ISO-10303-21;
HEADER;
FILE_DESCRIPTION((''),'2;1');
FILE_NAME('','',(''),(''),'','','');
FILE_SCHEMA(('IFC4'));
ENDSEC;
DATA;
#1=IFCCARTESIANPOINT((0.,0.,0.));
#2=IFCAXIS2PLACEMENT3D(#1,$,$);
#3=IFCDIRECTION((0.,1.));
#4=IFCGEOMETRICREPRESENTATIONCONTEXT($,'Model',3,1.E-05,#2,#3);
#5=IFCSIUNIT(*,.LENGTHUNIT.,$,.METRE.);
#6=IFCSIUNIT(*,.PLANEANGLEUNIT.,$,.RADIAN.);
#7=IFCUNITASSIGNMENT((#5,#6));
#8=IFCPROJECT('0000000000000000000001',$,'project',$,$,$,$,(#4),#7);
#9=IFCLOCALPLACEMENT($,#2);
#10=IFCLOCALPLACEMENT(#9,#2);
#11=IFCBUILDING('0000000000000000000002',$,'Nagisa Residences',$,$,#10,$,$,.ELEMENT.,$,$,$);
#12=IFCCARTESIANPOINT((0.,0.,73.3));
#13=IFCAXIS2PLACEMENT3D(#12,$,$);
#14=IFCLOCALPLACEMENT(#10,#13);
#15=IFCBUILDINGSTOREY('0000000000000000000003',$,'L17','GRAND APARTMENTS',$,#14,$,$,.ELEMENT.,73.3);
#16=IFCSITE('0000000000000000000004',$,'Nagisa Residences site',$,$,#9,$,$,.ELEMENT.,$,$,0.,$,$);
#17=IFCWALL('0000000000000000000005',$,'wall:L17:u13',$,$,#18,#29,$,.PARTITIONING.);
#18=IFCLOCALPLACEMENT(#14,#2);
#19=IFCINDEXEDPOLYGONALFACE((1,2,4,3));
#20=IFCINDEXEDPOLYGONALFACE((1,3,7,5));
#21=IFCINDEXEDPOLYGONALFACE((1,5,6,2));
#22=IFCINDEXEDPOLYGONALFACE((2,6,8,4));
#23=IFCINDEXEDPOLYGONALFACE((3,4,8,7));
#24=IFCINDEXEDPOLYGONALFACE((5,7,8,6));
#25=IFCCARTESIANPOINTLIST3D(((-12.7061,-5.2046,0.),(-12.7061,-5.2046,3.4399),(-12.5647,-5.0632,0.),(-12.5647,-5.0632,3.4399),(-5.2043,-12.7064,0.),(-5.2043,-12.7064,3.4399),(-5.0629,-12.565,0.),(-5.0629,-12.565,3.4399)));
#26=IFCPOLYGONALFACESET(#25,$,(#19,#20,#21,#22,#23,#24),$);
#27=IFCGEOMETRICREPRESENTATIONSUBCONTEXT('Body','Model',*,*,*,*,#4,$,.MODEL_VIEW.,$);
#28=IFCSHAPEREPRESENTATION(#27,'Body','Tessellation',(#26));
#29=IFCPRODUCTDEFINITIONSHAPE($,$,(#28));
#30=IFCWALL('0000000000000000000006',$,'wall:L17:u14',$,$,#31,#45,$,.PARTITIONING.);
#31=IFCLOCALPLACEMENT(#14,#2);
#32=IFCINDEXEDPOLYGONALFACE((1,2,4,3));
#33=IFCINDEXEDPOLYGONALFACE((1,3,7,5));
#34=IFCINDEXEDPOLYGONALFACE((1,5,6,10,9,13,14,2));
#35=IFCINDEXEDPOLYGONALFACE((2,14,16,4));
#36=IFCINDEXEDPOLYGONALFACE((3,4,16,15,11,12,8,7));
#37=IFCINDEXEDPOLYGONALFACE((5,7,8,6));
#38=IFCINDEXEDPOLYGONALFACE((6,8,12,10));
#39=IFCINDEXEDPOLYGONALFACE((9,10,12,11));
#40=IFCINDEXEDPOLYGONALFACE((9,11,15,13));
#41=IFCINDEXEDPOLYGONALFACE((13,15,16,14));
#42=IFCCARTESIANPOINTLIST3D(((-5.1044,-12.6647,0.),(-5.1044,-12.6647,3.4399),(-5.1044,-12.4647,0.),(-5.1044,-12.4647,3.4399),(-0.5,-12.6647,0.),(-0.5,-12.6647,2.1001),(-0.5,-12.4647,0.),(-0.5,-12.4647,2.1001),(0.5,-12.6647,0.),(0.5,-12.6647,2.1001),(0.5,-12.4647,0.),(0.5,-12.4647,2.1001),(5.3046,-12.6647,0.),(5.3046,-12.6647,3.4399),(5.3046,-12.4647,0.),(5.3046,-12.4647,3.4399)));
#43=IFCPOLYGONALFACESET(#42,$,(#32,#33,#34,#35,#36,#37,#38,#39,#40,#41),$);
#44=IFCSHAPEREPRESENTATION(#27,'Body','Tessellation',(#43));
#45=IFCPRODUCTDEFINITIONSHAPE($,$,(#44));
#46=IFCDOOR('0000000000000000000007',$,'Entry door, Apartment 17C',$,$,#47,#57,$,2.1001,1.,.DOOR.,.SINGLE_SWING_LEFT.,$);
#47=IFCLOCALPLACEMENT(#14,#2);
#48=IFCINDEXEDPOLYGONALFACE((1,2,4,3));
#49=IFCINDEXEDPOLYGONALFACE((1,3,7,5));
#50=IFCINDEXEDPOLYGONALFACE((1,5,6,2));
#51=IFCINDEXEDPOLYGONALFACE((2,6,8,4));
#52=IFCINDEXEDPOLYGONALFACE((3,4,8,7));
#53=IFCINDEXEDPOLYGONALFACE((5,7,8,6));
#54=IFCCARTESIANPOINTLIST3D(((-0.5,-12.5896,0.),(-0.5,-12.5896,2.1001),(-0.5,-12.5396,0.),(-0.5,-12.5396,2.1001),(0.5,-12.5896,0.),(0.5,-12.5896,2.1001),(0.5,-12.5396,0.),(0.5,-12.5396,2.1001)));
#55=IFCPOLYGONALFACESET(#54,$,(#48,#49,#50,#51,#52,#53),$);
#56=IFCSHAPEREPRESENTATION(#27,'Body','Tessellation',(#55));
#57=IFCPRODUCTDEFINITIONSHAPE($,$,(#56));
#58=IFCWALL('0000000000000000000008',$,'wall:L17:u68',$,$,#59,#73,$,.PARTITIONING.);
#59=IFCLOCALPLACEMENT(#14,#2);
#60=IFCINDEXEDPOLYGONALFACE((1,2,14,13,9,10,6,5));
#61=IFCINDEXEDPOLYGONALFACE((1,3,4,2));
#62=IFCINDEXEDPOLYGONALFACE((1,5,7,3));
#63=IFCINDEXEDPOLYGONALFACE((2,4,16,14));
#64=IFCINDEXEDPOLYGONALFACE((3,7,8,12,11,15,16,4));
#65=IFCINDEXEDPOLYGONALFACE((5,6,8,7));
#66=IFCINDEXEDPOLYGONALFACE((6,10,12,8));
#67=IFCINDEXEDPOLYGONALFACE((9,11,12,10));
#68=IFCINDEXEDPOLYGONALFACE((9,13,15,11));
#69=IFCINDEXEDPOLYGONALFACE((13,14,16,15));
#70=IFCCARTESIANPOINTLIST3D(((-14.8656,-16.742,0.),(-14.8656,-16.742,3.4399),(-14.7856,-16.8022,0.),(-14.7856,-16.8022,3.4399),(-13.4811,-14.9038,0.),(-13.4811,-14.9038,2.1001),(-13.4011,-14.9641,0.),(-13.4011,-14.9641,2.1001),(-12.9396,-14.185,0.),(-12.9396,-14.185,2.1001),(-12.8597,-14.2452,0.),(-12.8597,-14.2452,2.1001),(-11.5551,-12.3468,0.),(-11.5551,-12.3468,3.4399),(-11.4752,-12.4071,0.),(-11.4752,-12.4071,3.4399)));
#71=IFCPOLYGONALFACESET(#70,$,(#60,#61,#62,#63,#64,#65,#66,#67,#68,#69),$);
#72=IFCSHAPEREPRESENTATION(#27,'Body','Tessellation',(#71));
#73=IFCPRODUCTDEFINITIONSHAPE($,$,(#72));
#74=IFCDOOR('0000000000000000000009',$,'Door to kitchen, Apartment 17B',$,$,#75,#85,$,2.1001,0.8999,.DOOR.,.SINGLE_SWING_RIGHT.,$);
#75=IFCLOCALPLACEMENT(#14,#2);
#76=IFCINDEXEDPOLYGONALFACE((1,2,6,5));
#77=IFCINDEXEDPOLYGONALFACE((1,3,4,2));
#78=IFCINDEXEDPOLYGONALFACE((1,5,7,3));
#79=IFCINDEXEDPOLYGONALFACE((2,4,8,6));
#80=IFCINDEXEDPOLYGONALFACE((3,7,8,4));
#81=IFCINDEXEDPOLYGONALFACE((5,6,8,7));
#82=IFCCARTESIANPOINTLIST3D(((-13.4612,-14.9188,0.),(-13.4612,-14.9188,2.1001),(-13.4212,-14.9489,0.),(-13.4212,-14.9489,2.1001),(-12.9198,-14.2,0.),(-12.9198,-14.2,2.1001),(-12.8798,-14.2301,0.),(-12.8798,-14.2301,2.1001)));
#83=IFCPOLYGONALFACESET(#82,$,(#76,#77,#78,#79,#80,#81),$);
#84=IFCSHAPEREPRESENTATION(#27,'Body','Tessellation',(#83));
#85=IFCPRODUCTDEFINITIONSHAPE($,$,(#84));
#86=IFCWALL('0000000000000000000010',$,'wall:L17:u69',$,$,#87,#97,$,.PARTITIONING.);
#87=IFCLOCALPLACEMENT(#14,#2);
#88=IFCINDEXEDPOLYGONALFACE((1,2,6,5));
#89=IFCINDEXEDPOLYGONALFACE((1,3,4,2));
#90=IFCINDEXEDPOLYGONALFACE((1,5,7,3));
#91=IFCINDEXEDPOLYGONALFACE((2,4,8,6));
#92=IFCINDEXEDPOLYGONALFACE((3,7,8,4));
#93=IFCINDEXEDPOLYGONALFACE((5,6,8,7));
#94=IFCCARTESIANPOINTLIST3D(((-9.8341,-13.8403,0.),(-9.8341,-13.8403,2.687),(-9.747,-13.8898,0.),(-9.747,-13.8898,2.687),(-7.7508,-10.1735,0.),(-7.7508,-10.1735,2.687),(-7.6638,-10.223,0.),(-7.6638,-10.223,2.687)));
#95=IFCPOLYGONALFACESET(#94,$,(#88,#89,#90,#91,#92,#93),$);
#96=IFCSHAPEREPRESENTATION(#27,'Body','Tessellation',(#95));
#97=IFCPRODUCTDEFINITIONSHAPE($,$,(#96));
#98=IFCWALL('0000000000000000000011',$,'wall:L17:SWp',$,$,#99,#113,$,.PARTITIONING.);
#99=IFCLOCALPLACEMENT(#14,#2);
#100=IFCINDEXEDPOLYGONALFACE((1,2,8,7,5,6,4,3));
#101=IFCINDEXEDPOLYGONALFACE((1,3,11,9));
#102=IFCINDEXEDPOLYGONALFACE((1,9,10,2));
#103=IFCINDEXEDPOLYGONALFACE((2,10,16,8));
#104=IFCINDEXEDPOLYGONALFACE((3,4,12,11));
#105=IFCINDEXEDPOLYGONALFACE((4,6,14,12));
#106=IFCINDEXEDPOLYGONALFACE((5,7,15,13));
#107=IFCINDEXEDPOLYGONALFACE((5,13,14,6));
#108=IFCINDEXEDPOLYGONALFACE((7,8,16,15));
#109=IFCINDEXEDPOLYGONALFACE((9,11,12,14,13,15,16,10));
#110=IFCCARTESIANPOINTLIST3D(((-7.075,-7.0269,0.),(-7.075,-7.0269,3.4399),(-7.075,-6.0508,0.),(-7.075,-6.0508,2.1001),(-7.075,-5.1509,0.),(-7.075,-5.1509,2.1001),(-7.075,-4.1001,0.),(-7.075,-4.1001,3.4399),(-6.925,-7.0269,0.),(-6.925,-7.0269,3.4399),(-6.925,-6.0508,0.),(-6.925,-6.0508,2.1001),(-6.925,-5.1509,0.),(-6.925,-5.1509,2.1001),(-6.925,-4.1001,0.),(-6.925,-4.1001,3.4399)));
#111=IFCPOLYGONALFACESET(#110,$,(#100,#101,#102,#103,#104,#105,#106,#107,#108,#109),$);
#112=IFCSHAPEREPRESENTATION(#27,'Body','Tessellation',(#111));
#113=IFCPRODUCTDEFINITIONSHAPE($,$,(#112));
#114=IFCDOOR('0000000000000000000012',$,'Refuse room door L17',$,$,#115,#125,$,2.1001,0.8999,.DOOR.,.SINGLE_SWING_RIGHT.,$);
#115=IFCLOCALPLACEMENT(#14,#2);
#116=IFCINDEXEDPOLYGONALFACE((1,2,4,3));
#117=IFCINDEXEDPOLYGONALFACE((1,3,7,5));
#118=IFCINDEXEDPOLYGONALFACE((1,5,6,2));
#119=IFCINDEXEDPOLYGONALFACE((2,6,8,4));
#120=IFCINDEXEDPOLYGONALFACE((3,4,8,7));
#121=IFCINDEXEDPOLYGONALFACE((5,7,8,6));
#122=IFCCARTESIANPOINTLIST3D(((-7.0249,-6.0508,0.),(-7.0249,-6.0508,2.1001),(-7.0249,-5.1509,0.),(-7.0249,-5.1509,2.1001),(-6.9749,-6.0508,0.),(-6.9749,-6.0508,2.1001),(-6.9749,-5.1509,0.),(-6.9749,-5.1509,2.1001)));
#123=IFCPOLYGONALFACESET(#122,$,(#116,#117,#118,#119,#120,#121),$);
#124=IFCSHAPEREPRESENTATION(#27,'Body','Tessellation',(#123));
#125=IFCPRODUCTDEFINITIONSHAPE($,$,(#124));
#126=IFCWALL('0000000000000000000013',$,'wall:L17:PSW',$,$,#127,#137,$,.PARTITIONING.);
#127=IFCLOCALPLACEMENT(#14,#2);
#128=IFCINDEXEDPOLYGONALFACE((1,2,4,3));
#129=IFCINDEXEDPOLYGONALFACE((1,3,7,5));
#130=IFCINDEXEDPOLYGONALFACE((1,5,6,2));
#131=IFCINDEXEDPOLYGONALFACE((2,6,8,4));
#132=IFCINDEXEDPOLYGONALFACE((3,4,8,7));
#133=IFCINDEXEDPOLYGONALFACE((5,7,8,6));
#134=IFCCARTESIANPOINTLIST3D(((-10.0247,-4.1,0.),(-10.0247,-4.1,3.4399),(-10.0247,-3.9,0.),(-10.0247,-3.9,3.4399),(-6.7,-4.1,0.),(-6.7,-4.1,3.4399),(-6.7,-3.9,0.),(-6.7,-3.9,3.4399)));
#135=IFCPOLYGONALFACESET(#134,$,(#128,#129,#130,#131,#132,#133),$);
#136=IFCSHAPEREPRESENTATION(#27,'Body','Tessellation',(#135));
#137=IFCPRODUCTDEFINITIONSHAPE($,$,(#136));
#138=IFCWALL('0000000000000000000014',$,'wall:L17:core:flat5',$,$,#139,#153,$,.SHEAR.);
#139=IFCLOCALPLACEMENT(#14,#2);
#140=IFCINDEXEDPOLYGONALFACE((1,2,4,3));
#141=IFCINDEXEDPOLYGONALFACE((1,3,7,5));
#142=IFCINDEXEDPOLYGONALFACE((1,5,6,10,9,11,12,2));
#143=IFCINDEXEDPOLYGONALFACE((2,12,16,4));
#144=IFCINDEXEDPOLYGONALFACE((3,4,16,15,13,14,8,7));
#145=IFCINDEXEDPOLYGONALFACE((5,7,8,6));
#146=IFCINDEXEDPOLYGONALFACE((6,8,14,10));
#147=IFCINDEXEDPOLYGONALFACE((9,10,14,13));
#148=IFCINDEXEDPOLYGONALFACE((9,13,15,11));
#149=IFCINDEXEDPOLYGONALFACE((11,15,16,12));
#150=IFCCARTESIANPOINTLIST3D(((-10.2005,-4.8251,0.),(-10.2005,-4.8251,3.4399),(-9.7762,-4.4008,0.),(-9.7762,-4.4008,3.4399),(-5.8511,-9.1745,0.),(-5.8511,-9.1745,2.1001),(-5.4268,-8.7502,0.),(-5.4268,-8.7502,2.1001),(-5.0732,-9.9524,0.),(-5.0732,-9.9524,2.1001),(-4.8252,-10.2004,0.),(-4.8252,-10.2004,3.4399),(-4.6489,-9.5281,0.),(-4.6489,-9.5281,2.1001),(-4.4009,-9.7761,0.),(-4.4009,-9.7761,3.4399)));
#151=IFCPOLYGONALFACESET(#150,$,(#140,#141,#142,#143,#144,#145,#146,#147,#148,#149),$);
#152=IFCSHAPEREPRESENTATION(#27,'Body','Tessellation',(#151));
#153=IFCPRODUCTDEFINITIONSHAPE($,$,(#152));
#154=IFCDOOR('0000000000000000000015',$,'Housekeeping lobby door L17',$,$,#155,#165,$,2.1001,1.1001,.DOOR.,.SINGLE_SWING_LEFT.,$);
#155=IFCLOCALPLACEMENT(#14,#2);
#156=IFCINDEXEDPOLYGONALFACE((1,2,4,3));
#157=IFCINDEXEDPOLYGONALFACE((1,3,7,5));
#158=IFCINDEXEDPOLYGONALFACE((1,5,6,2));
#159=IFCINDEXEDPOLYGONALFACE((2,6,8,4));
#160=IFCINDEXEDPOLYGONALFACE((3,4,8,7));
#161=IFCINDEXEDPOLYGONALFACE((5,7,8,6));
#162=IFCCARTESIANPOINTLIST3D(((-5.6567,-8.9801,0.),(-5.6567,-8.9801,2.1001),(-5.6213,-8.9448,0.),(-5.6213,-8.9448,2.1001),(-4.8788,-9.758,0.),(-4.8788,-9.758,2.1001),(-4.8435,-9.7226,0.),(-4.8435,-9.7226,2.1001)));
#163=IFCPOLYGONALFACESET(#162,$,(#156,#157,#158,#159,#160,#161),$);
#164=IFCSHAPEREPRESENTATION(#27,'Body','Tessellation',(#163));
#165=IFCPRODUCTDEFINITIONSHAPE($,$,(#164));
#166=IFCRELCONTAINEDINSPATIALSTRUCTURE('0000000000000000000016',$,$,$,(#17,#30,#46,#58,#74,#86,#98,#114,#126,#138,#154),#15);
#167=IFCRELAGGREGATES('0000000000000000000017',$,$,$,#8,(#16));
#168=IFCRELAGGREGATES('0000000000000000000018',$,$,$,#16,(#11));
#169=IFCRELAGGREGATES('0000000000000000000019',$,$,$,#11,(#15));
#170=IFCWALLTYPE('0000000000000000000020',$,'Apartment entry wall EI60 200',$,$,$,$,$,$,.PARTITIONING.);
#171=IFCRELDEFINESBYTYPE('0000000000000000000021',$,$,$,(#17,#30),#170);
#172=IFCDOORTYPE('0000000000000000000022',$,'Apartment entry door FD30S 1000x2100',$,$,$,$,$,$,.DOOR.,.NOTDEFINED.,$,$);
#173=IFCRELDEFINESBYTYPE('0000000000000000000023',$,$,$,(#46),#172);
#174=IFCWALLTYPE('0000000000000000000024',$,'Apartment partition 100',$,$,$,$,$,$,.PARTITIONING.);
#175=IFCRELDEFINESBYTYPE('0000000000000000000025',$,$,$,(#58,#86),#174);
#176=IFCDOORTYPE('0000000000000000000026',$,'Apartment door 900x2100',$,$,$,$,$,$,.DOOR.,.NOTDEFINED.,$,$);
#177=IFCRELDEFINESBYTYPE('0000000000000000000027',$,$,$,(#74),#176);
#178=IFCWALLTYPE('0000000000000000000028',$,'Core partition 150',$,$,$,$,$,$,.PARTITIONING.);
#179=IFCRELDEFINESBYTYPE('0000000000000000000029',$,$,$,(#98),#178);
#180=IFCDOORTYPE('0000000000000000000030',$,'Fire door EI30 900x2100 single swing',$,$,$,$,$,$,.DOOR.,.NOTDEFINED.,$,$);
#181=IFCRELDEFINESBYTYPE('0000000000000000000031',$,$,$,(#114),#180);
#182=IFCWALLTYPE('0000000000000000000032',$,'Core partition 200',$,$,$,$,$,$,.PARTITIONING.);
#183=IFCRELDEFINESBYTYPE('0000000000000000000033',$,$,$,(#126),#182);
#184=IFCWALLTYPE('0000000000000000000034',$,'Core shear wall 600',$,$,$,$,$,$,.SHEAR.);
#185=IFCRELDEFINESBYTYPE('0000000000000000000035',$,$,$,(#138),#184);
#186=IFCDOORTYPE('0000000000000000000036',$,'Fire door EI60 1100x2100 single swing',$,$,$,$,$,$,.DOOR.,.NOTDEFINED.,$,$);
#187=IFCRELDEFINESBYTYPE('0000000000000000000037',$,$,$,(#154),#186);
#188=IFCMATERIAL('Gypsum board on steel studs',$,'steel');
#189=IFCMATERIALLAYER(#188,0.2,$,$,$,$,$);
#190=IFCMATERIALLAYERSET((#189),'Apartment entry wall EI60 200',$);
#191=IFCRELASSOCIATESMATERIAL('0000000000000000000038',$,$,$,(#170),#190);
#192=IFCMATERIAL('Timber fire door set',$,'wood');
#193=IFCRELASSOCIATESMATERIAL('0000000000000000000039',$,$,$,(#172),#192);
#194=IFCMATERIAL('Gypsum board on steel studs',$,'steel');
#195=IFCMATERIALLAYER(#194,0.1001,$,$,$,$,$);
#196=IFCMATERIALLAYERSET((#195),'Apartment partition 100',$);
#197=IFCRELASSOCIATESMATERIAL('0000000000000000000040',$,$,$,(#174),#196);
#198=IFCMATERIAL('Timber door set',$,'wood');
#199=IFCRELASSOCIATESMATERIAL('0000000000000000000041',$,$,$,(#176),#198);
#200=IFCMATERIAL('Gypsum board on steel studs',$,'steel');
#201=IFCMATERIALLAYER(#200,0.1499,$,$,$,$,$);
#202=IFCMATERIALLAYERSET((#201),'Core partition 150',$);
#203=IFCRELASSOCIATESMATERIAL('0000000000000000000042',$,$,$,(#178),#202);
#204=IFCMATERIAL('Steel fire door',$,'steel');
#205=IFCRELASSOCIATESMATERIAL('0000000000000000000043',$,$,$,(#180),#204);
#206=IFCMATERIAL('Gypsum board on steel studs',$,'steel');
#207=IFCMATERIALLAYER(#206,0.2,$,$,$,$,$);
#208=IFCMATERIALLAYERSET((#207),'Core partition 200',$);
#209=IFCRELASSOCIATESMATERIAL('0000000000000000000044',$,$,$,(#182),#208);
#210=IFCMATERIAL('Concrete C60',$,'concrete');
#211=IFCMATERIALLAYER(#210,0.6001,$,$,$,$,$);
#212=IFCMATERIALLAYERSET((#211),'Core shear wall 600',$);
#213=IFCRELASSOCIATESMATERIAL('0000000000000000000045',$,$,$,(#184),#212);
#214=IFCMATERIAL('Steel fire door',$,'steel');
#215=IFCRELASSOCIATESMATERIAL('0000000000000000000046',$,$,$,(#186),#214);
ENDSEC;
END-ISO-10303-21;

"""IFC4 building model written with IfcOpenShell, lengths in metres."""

from ifc_helpers import new_model, si_unit, direction, frame, frame_2d, origin, place, context, subcontext, project, spatial, rectangle, extrude, material, layer, layer_set, type_object, element, fill, save


model = new_model("IFC4")

# Units and contexts
model_context = context("Model", 3, precision=1e-05, world=origin(), true_north=direction((0.0, 1.0)))
body_context = subcontext(model_context, "Body", "Model", "MODEL_VIEW")
ifc_project = project(units=[si_unit("LENGTHUNIT", "METRE"), si_unit("PLANEANGLEUNIT", "RADIAN")], contexts=[model_context])

# Site, building, storey
site_placement = place(None, origin())
site = spatial("IfcSite", under=ifc_project, at=site_placement, Name="Nagisa Residences site", CompositionType="ELEMENT", RefElevation=0.0)
building_placement = place(site_placement, origin())
building = spatial("IfcBuilding", under=site, at=building_placement, Name="Nagisa Residences", CompositionType="ELEMENT")
storey_placement = place(building_placement, frame((0.0, 0.0, 73.3)))
storey = spatial("IfcBuildingStorey", under=building, at=storey_placement, Name="L17", Description="GRAND APARTMENTS", CompositionType="ELEMENT", Elevation=73.3)

# Wall
ifc_material_1 = material(Name="Gypsum board on steel studs", Category="steel")
ifc_layer_1 = layer(ifc_material_1, 0.2)
ifc_layer_set_1 = layer_set([ifc_layer_1], Name="Apartment entry wall EI60 200")
wall_type_1 = type_object("IfcWallType", Name="Apartment entry wall EI60 200", PredefinedType="PARTITIONING", material=ifc_layer_set_1)
wall_1_placement = place(storey_placement, frame((-12.6355, -5.1338, 0.0), z_axis=(0.0, 0.0, 1.0), x_axis=(0.707107, -0.707107, 0.0)))
element("IfcWall", 1, at=wall_1_placement, inside=storey, type_object=wall_type_1, Name="wall:L17:u13", PredefinedType="PARTITIONING", context=body_context, shape_type="SweptSolid", body=[
    extrude(rectangle(XDim=10.6091, YDim=0.2, at=frame_2d((5.3047, 0.0))), origin(), (0.0, 0.0, 1.0), 3.4399),
])

# Walls, openings, doors
wall_2_placement = place(storey_placement, frame((-5.1045, -12.5647, 0.0), z_axis=(0.0, 0.0, 1.0), x_axis=(1.0, 0.0, 0.0)))
wall_2 = element("IfcWall", 2, at=wall_2_placement, inside=storey, type_object=wall_type_1, Name="wall:L17:u14", PredefinedType="PARTITIONING", context=body_context, shape_type="SweptSolid", body=[
    extrude(rectangle(XDim=10.4089, YDim=0.2, at=frame_2d((5.2046, 0.0))), origin(), (0.0, 0.0, 1.0), 3.4399),
])
opening_1_placement = place(wall_2_placement, frame((4.6045, 0.0, 0.0)))
opening_1 = element("IfcOpeningElement", 3, at=opening_1_placement, cuts=wall_2, PredefinedType="OPENING", context=body_context, shape_type="SweptSolid", body=[
    extrude(rectangle(XDim=1.0, YDim=2.1001, at=frame_2d((0.5, 1.05))), frame((0.0, 0.1099, 0.0), z_axis=(0.0, -1.0, 0.0), x_axis=(1.0, 0.0, 0.0)), (0.0, 0.0, 1.0), 0.22),
])
ifc_material_2 = material(Name="Timber fire door set", Category="wood")
door_type_1 = type_object("IfcDoorType", Name="Apartment entry door FD30S 1000x2100", OperationType="NOTDEFINED", PredefinedType="DOOR", material=ifc_material_2)
door_1_placement = place(opening_1_placement, frame((1.0, 0.0, 0.0), x_axis=(-1.0, 0.0, 0.0)))
door_1 = element("IfcDoor", 4, at=door_1_placement, inside=storey, type_object=door_type_1, Name="Entry door, Apartment 17C", OperationType="SINGLE_SWING_LEFT", OverallHeight=2.1001, OverallWidth=1.0, PredefinedType="DOOR", context=body_context, shape_type="SweptSolid", body=[
    extrude(rectangle(XDim=1.0, YDim=2.1001, at=frame_2d((0.5, 1.05))), frame((0.0, 0.0249, 0.0), z_axis=(0.0, -1.0, 0.0), x_axis=(1.0, 0.0, 0.0)), (0.0, 0.0, 1.0), 0.05),
])
fill(opening_1, door_1)
ifc_material_3 = material(Name="Gypsum board on steel studs", Category="steel")
ifc_layer_2 = layer(ifc_material_3, 0.1001)
ifc_layer_set_2 = layer_set([ifc_layer_2], Name="Apartment partition 100")
wall_type_2 = type_object("IfcWallType", Name="Apartment partition 100", PredefinedType="PARTITIONING", material=ifc_layer_set_2)
wall_3_placement = place(storey_placement, frame((-11.5151, -12.377, 0.0), z_axis=(0.0, 0.0, 1.0), x_axis=(-0.601639, -0.798768, 0.0)))
wall_3 = element("IfcWall", 5, at=wall_3_placement, inside=storey, type_object=wall_type_2, Name="wall:L17:u68", PredefinedType="PARTITIONING", context=body_context, shape_type="SweptSolid", body=[
    extrude(rectangle(XDim=5.5024, YDim=0.1001, at=frame_2d((2.7512, 0.0))), origin(), (0.0, 0.0, 1.0), 3.4399),
])
opening_2_placement = place(wall_3_placement, frame((2.3013, 0.0, 0.0)))
opening_2 = element("IfcOpeningElement", 6, at=opening_2_placement, cuts=wall_3, PredefinedType="OPENING", context=body_context, shape_type="SweptSolid", body=[
    extrude(rectangle(XDim=0.8999, YDim=2.1001, at=frame_2d((0.45, 1.05))), frame((0.0, 0.0601, 0.0), z_axis=(0.0, -1.0, 0.0), x_axis=(1.0, 0.0, 0.0)), (0.0, 0.0, 1.0), 0.1201),
])
ifc_material_4 = material(Name="Timber door set", Category="wood")
door_type_2 = type_object("IfcDoorType", Name="Apartment door 900x2100", OperationType="NOTDEFINED", PredefinedType="DOOR", material=ifc_material_4)
door_2_placement = place(opening_2_placement, origin())
door_2 = element("IfcDoor", 7, at=door_2_placement, inside=storey, type_object=door_type_2, Name="Door to kitchen, Apartment 17B", OperationType="SINGLE_SWING_RIGHT", OverallHeight=2.1001, OverallWidth=0.8999, PredefinedType="DOOR", context=body_context, shape_type="SweptSolid", body=[
    extrude(rectangle(XDim=0.8999, YDim=2.1001, at=frame_2d((0.45, 1.05))), frame((0.0, 0.0249, 0.0), z_axis=(0.0, -1.0, 0.0), x_axis=(1.0, 0.0, 0.0)), (0.0, 0.0, 1.0), 0.05),
])
fill(opening_2, door_2)

# Wall
wall_4_placement = place(storey_placement, frame((-7.7073, -10.1982, 0.0), z_axis=(0.0, 0.0, 1.0), x_axis=(-0.493987, -0.86947, 0.0)))
element("IfcWall", 8, at=wall_4_placement, inside=storey, type_object=wall_type_2, Name="wall:L17:u69", PredefinedType="PARTITIONING", context=body_context, shape_type="SweptSolid", body=[
    extrude(rectangle(XDim=4.2173, YDim=0.1001, at=frame_2d((2.1086, 0.0))), origin(), (0.0, 0.0, 1.0), 2.687),
])

# Wall, opening, door
ifc_material_5 = material(Name="Gypsum board on steel studs", Category="steel")
ifc_layer_3 = layer(ifc_material_5, 0.1499)
ifc_layer_set_3 = layer_set([ifc_layer_3], Name="Core partition 150")
wall_type_3 = type_object("IfcWallType", Name="Core partition 150", PredefinedType="PARTITIONING", material=ifc_layer_set_3)
wall_5_placement = place(storey_placement, frame((-7.0, -7.0269, 0.0), z_axis=(0.0, 0.0, 1.0), x_axis=(0.0, 1.0, 0.0)))
wall_5 = element("IfcWall", 9, at=wall_5_placement, inside=storey, type_object=wall_type_3, Name="wall:L17:SWp", PredefinedType="PARTITIONING", context=body_context, shape_type="SweptSolid", body=[
    extrude(rectangle(XDim=2.9268, YDim=0.1499, at=frame_2d((1.4634, 0.0))), origin(), (0.0, 0.0, 1.0), 3.4399),
])
opening_3_placement = place(wall_5_placement, frame((0.9761, 0.0, 0.0)))
opening_3 = element("IfcOpeningElement", 10, at=opening_3_placement, cuts=wall_5, PredefinedType="OPENING", context=body_context, shape_type="SweptSolid", body=[
    extrude(rectangle(XDim=0.8999, YDim=2.1001, at=frame_2d((0.45, 1.05))), frame((0.0, 0.085, 0.0), z_axis=(0.0, -1.0, 0.0), x_axis=(1.0, 0.0, 0.0)), (0.0, 0.0, 1.0), 0.1699),
])
ifc_material_6 = material(Name="Steel fire door", Category="steel")
door_type_3 = type_object("IfcDoorType", Name="Fire door EI30 900x2100 single swing", OperationType="NOTDEFINED", PredefinedType="DOOR", material=ifc_material_6)
door_3_placement = place(opening_3_placement, origin())
door_3 = element("IfcDoor", 11, at=door_3_placement, inside=storey, type_object=door_type_3, Name="Refuse room door L17", OperationType="SINGLE_SWING_RIGHT", OverallHeight=2.1001, OverallWidth=0.8999, PredefinedType="DOOR", context=body_context, shape_type="SweptSolid", body=[
    extrude(rectangle(XDim=0.8999, YDim=2.1001, at=frame_2d((0.45, 1.05))), frame((0.0, 0.0249, 0.0), z_axis=(0.0, -1.0, 0.0), x_axis=(1.0, 0.0, 0.0)), (0.0, 0.0, 1.0), 0.05),
])
fill(opening_3, door_3)

# Wall
ifc_material_7 = material(Name="Gypsum board on steel studs", Category="steel")
ifc_layer_4 = layer(ifc_material_7, 0.2)
ifc_layer_set_4 = layer_set([ifc_layer_4], Name="Core partition 200")
wall_type_4 = type_object("IfcWallType", Name="Core partition 200", PredefinedType="PARTITIONING", material=ifc_layer_set_4)
wall_6_placement = place(storey_placement, frame((-10.0247, -4.0, 0.0), z_axis=(0.0, 0.0, 1.0), x_axis=(1.0, 0.0, 0.0)))
element("IfcWall", 12, at=wall_6_placement, inside=storey, type_object=wall_type_4, Name="wall:L17:PSW", PredefinedType="PARTITIONING", context=body_context, shape_type="SweptSolid", body=[
    extrude(rectangle(XDim=3.3247, YDim=0.2, at=frame_2d((1.6624, 0.0))), origin(), (0.0, 0.0, 1.0), 3.4399),
])

# Wall, opening, door
ifc_material_8 = material(Name="Concrete C60", Category="concrete")
ifc_layer_5 = layer(ifc_material_8, 0.6001)
ifc_layer_set_5 = layer_set([ifc_layer_5], Name="Core shear wall 600")
wall_type_5 = type_object("IfcWallType", Name="Core shear wall 600", PredefinedType="SHEAR", material=ifc_layer_set_5)
wall_7_placement = place(storey_placement, frame((-9.9883, -4.613, 0.0), z_axis=(0.0, 0.0, 1.0), x_axis=(0.707107, -0.707107, 0.0)))
wall_7 = element("IfcWall", 13, at=wall_7_placement, inside=storey, type_object=wall_type_5, Name="wall:L17:core:flat5", PredefinedType="SHEAR", context=body_context, shape_type="SweptSolid", body=[
    extrude(rectangle(XDim=7.6018, YDim=0.6001, at=frame_2d((3.8008, 0.0))), origin(), (0.0, 0.0, 1.0), 3.4399),
])
opening_4_placement = place(wall_7_placement, frame((6.1509, 0.0, 0.0)))
opening_4 = element("IfcOpeningElement", 14, at=opening_4_placement, cuts=wall_7, PredefinedType="OPENING", context=body_context, shape_type="SweptSolid", body=[
    extrude(rectangle(XDim=1.1001, YDim=2.1001, at=frame_2d((0.55, 1.05))), frame((0.0, 0.3101, 0.0), z_axis=(0.0, -1.0, 0.0), x_axis=(1.0, 0.0, 0.0)), (0.0, 0.0, 1.0), 0.6201),
])
ifc_material_9 = material(Name="Steel fire door", Category="steel")
door_type_4 = type_object("IfcDoorType", Name="Fire door EI60 1100x2100 single swing", OperationType="NOTDEFINED", PredefinedType="DOOR", material=ifc_material_9)
door_4_placement = place(opening_4_placement, origin())
door_4 = element("IfcDoor", 15, at=door_4_placement, inside=storey, type_object=door_type_4, Name="Housekeeping lobby door L17", OperationType="SINGLE_SWING_LEFT", OverallHeight=2.1001, OverallWidth=1.1001, PredefinedType="DOOR", context=body_context, shape_type="SweptSolid", body=[
    extrude(rectangle(XDim=1.1001, YDim=2.1001, at=frame_2d((0.55, 1.05))), frame((0.0, 0.0249, 0.0), z_axis=(0.0, -1.0, 0.0), x_axis=(1.0, 0.0, 0.0)), (0.0, 0.0, 1.0), 0.05),
])
fill(opening_4, door_4)

save(model, "model.ifc")
